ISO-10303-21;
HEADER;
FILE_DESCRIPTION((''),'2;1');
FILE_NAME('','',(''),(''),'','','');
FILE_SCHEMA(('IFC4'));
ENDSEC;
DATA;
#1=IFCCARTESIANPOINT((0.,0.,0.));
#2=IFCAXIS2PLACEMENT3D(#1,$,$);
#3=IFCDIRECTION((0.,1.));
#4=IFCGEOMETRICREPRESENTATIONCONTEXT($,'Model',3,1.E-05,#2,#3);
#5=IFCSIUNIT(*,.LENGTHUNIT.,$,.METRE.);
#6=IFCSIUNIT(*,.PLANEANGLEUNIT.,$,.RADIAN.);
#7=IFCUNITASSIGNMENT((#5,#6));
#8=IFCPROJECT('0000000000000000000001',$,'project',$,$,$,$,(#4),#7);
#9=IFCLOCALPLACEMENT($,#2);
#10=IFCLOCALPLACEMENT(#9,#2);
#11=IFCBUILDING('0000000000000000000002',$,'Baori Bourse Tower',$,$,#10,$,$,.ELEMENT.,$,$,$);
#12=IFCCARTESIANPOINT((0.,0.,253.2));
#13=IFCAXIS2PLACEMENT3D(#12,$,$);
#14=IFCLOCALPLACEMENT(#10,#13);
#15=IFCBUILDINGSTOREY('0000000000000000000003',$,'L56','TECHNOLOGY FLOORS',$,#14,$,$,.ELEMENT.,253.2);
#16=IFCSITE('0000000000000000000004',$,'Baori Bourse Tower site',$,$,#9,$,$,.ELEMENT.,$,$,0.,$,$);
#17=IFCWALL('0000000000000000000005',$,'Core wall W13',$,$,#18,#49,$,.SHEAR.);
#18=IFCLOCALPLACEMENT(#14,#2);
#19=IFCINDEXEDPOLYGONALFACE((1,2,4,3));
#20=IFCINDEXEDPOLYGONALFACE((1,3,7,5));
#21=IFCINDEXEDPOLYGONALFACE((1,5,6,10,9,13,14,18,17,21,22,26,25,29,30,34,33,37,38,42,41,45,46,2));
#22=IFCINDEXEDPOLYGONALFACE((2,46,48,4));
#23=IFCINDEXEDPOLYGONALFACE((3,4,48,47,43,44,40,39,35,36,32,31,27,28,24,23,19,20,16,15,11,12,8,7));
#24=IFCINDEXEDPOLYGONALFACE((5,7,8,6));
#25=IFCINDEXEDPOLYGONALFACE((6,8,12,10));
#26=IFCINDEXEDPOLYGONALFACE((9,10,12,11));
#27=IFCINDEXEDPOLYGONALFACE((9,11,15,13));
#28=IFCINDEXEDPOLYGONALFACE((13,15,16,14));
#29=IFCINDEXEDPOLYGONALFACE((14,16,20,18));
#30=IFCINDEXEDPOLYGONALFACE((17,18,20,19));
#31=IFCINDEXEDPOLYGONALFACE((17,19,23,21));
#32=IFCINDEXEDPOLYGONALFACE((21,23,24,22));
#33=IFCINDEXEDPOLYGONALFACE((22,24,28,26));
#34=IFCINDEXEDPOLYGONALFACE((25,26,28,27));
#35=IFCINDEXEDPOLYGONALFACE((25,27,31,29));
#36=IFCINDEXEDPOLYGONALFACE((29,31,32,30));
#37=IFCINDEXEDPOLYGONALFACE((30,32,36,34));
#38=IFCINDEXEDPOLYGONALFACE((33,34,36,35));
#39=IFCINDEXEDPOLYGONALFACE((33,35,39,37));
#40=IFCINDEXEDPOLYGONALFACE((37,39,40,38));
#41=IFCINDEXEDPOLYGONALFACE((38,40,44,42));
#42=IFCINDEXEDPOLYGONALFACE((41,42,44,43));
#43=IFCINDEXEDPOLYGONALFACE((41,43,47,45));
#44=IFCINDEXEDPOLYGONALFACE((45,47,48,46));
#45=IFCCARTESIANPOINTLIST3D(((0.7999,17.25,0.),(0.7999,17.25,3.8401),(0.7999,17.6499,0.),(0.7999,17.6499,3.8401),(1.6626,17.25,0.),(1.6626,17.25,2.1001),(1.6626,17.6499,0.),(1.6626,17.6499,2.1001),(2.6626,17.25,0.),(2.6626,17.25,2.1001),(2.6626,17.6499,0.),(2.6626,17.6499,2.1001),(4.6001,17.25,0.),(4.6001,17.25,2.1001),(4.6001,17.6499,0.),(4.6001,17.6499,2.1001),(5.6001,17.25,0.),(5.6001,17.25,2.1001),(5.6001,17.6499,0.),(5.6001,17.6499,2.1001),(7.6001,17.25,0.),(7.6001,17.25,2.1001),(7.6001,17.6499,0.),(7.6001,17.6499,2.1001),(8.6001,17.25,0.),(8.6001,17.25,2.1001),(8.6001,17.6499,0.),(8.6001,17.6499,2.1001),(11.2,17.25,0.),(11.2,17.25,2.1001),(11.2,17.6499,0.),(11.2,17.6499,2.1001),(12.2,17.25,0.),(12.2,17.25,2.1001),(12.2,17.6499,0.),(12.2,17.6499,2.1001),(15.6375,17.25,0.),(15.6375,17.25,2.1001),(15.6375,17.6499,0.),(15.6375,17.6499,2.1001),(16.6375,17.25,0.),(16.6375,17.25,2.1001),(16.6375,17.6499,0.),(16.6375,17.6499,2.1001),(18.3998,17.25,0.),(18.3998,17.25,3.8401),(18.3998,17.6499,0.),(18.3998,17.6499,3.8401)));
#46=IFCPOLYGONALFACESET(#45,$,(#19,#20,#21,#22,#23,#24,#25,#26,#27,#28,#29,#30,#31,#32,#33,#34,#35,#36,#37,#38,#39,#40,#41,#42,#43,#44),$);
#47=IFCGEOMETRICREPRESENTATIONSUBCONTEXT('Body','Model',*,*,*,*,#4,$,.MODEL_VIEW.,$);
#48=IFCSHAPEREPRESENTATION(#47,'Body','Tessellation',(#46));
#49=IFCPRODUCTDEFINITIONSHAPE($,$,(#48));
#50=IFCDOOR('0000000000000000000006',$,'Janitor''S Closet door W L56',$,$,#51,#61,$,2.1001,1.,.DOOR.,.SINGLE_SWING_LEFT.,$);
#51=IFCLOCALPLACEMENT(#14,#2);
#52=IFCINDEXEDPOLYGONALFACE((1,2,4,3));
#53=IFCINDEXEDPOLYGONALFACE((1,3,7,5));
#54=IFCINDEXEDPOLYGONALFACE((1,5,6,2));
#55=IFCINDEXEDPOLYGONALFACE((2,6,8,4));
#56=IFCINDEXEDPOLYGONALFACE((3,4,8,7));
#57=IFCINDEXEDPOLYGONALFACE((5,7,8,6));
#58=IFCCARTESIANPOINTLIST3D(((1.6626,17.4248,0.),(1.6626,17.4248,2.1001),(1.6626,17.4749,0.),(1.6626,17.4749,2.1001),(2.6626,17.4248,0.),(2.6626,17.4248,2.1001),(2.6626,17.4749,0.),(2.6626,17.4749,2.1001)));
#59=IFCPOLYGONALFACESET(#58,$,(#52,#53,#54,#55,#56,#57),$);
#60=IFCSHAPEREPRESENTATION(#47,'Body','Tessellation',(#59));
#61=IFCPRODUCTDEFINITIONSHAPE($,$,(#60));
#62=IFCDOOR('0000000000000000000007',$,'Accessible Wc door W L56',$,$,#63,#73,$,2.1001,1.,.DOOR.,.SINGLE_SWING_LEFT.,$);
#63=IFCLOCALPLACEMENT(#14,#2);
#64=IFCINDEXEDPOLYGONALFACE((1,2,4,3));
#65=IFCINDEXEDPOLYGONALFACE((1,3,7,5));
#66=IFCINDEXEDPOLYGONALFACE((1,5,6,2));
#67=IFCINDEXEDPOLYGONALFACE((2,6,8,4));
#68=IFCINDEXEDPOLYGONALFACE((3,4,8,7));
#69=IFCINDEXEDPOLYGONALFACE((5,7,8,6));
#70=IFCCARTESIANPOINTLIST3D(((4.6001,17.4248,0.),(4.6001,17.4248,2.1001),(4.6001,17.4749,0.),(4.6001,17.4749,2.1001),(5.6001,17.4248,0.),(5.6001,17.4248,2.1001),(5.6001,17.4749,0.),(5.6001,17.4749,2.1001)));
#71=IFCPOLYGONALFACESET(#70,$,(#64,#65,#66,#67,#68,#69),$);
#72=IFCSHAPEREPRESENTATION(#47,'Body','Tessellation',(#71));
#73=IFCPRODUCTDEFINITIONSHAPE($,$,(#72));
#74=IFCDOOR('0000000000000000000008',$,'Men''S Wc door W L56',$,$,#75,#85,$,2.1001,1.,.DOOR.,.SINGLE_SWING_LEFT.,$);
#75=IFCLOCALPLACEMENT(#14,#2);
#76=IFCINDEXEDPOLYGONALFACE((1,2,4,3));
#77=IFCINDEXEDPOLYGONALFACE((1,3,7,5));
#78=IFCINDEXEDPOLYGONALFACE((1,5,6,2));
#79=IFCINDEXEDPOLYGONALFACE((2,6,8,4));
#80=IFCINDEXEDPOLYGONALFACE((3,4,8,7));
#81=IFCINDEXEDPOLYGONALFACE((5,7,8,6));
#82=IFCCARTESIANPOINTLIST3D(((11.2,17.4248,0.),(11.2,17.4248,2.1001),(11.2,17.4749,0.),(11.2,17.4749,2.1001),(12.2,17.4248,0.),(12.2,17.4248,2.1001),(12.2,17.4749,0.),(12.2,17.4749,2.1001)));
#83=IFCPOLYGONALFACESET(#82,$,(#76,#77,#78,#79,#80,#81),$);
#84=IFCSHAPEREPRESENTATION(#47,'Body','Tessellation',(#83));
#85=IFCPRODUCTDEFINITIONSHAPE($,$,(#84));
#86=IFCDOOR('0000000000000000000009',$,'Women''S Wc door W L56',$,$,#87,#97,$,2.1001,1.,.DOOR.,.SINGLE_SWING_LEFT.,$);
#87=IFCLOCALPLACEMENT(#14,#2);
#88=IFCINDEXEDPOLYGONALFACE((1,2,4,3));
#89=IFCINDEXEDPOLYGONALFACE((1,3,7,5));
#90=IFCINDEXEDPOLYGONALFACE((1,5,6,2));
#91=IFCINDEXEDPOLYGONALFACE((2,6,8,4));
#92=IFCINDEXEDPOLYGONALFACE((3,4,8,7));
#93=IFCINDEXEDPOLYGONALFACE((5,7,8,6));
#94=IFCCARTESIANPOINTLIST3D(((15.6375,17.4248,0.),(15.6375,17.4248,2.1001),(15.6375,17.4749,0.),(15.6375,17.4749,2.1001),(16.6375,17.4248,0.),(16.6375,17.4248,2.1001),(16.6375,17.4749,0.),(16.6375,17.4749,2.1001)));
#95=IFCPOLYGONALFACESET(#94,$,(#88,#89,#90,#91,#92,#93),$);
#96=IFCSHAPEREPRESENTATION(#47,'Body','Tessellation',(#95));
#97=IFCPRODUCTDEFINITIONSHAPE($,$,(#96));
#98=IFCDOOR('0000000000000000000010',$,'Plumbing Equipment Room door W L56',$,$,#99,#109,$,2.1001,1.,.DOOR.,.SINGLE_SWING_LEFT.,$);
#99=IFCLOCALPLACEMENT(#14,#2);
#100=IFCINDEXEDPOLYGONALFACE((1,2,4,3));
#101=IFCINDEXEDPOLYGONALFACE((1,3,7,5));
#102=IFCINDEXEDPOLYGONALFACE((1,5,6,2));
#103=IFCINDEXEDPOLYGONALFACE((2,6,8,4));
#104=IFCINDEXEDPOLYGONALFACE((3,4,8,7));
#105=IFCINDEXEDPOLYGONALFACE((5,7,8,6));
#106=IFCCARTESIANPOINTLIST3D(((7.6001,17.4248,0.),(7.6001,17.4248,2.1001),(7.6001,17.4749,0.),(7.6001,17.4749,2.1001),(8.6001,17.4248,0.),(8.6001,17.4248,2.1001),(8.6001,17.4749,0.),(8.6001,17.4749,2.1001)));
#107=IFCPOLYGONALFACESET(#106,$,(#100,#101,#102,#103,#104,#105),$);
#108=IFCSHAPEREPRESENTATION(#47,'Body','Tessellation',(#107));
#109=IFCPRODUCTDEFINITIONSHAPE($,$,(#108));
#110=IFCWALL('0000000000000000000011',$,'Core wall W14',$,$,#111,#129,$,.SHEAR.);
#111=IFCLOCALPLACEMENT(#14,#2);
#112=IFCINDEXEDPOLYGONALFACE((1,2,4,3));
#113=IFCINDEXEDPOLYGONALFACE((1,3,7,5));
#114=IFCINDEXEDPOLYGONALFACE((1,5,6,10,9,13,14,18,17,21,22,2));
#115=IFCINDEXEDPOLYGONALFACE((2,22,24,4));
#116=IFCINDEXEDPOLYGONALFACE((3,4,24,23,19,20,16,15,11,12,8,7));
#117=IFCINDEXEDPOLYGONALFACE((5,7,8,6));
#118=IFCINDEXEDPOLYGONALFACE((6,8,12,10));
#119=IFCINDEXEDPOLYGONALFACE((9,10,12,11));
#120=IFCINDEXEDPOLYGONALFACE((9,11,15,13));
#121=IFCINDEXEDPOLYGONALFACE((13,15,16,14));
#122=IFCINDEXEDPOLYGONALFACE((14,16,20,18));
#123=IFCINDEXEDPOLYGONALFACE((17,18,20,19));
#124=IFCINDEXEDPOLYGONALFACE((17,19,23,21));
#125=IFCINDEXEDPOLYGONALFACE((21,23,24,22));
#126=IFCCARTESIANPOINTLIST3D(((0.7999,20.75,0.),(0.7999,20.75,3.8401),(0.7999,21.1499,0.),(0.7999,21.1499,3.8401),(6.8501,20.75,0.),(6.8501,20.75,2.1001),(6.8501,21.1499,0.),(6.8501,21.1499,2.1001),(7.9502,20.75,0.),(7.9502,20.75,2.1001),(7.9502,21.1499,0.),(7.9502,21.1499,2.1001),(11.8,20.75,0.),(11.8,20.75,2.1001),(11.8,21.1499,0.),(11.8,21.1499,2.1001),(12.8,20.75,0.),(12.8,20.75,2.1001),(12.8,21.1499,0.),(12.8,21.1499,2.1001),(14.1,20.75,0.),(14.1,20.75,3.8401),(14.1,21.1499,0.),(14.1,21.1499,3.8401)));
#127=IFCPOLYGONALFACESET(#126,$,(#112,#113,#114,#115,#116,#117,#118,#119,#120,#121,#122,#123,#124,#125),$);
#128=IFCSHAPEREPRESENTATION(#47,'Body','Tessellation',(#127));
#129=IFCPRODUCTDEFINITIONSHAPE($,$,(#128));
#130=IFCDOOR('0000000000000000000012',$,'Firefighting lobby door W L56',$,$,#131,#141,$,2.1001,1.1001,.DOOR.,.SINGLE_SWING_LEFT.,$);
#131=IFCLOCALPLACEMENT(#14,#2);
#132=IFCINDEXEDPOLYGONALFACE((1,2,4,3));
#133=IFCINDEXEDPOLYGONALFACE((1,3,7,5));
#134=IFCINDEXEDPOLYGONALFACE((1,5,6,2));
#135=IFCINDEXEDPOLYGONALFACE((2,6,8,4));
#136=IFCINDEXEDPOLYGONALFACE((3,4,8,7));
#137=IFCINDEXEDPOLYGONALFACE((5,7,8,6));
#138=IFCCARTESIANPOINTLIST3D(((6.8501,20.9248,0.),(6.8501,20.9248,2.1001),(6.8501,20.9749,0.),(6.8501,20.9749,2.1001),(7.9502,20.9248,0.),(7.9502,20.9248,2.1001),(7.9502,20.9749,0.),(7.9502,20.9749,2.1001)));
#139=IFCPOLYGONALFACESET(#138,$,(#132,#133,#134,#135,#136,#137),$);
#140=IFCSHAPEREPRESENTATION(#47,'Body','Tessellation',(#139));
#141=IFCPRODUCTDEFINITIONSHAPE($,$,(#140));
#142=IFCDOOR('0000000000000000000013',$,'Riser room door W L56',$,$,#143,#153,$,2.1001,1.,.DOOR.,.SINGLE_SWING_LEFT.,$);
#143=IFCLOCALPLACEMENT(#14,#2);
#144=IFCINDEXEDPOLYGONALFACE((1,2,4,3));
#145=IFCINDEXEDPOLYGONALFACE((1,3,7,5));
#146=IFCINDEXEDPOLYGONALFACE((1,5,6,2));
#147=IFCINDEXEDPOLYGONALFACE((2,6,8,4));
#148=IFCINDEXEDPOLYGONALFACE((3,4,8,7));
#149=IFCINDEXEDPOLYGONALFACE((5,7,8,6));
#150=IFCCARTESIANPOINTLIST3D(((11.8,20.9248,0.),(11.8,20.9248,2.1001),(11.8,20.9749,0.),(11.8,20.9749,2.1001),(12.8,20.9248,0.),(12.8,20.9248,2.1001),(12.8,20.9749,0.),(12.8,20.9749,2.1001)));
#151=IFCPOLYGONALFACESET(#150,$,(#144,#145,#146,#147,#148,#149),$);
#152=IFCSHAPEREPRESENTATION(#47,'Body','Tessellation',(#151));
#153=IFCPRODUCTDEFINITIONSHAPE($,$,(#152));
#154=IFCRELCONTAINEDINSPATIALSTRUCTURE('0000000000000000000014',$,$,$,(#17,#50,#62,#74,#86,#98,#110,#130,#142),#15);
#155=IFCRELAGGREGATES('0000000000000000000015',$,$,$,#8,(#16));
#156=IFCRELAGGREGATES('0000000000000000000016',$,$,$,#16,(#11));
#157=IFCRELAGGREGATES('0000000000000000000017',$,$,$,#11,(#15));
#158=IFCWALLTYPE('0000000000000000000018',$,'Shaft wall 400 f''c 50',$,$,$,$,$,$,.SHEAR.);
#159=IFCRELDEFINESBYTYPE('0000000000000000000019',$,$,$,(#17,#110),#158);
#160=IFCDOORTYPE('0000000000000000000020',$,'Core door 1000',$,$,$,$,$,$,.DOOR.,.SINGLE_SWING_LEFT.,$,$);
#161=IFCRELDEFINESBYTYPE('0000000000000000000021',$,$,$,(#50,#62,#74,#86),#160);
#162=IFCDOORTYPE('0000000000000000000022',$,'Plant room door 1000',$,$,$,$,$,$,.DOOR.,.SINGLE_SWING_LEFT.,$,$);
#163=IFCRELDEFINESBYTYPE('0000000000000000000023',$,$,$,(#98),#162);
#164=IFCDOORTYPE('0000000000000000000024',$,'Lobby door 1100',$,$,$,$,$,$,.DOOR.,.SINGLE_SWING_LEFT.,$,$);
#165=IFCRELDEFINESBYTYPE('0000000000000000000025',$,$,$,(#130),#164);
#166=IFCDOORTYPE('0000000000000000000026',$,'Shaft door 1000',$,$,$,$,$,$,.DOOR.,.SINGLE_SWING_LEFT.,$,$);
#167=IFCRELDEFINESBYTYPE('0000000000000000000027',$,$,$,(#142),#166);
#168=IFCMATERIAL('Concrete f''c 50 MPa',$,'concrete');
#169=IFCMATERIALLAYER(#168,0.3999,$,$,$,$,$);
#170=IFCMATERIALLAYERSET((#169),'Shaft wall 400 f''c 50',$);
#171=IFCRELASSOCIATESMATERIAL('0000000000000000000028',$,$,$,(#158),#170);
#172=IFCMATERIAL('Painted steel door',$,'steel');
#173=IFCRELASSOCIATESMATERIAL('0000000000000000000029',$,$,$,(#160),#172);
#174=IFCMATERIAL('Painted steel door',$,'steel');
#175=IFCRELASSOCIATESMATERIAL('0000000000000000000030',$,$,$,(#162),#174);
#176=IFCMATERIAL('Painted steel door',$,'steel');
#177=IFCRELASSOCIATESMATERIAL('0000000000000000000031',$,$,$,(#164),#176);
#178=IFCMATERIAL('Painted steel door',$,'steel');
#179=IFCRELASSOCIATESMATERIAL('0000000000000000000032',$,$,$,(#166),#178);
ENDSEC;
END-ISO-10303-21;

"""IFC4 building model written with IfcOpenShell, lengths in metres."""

from ifc_helpers import new_model, si_unit, direction, frame, frame_2d, origin, place, context, subcontext, project, spatial, rectangle, extrude, material, layer, layer_set, type_object, element, fill, save


model = new_model("IFC4")

# Units and contexts
model_context = context("Model", 3, precision=1e-05, world=origin(), true_north=direction((0.0, 1.0)))
body_context = subcontext(model_context, "Body", "Model", "MODEL_VIEW")
ifc_project = project(units=[si_unit("LENGTHUNIT", "METRE"), si_unit("PLANEANGLEUNIT", "RADIAN")], contexts=[model_context])

# Site, building, storey
site_placement = place(None, origin())
site = spatial("IfcSite", under=ifc_project, at=site_placement, Name="Baori Bourse Tower site", CompositionType="ELEMENT", RefElevation=0.0)
building_placement = place(site_placement, origin())
building = spatial("IfcBuilding", under=site, at=building_placement, Name="Baori Bourse Tower", CompositionType="ELEMENT")
storey_placement = place(building_placement, frame((0.0, 0.0, 253.2)))
storey = spatial("IfcBuildingStorey", under=building, at=storey_placement, Name="L56", Description="TECHNOLOGY FLOORS", CompositionType="ELEMENT", Elevation=253.2)

# Shared definitions
ifc_material_1 = material(Name="Concrete f'c 50 MPa", Category="concrete")
ifc_layer_1 = layer(ifc_material_1, 0.3999)
ifc_layer_set_1 = layer_set([ifc_layer_1], Name="Shaft wall 400 f'c 50")
wall_type_1 = type_object("IfcWallType", Name="Shaft wall 400 f'c 50", PredefinedType="SHEAR", material=ifc_layer_set_1)

# Walls, openings, doors
wall_1_placement = place(storey_placement, frame((0.8, 17.45, 0.0), z_axis=(0.0, 0.0, 1.0), x_axis=(1.0, 0.0, 0.0)))
wall_1 = element("IfcWall", 1, at=wall_1_placement, inside=storey, type_object=wall_type_1, Name="Core wall W13", PredefinedType="SHEAR", context=body_context, shape_type="SweptSolid", body=[
    extrude(rectangle(XDim=17.5999, YDim=0.3999, at=frame_2d((8.7998, 0.0))), origin(), (0.0, 0.0, 1.0), 3.8401),
])
opening_1_placement = place(wall_1_placement, frame((0.8625, 0.0, 0.0)))
opening_1 = element("IfcOpeningElement", 2, at=opening_1_placement, cuts=wall_1, PredefinedType="OPENING", context=body_context, shape_type="SweptSolid", body=[
    extrude(rectangle(XDim=1.0, YDim=2.1001, at=frame_2d((0.5, 1.05))), frame((0.0, 0.21, 0.0), z_axis=(0.0, -1.0, 0.0), x_axis=(1.0, 0.0, 0.0)), (0.0, 0.0, 1.0), 0.4199),
])
opening_2_placement = place(wall_1_placement, frame((3.8, 0.0, 0.0)))
opening_2 = element("IfcOpeningElement", 3, at=opening_2_placement, cuts=wall_1, PredefinedType="OPENING", context=body_context, shape_type="SweptSolid", body=[
    extrude(rectangle(XDim=1.0, YDim=2.1001, at=frame_2d((0.5, 1.05))), frame((0.0, 0.21, 0.0), z_axis=(0.0, -1.0, 0.0), x_axis=(1.0, 0.0, 0.0)), (0.0, 0.0, 1.0), 0.4199),
])
opening_3_placement = place(wall_1_placement, frame((6.8, 0.0, 0.0)))
opening_3 = element("IfcOpeningElement", 4, at=opening_3_placement, cuts=wall_1, PredefinedType="OPENING", context=body_context, shape_type="SweptSolid", body=[
    extrude(rectangle(XDim=1.0, YDim=2.1001, at=frame_2d((0.5, 1.05))), frame((0.0, 0.21, 0.0), z_axis=(0.0, -1.0, 0.0), x_axis=(1.0, 0.0, 0.0)), (0.0, 0.0, 1.0), 0.4199),
])
opening_4_placement = place(wall_1_placement, frame((10.3999, 0.0, 0.0)))
opening_4 = element("IfcOpeningElement", 5, at=opening_4_placement, cuts=wall_1, PredefinedType="OPENING", context=body_context, shape_type="SweptSolid", body=[
    extrude(rectangle(XDim=1.0, YDim=2.1001, at=frame_2d((0.5, 1.05))), frame((0.0, 0.21, 0.0), z_axis=(0.0, -1.0, 0.0), x_axis=(1.0, 0.0, 0.0)), (0.0, 0.0, 1.0), 0.4199),
])
opening_5_placement = place(wall_1_placement, frame((14.8374, 0.0, 0.0)))
opening_5 = element("IfcOpeningElement", 6, at=opening_5_placement, cuts=wall_1, PredefinedType="OPENING", context=body_context, shape_type="SweptSolid", body=[
    extrude(rectangle(XDim=1.0, YDim=2.1001, at=frame_2d((0.5, 1.05))), frame((0.0, 0.21, 0.0), z_axis=(0.0, -1.0, 0.0), x_axis=(1.0, 0.0, 0.0)), (0.0, 0.0, 1.0), 0.4199),
])
ifc_material_2 = material(Name="Painted steel door", Category="steel")
door_type_1 = type_object("IfcDoorType", Name="Core door 1000", OperationType="SINGLE_SWING_LEFT", PredefinedType="DOOR", material=ifc_material_2)
door_1_placement = place(opening_1_placement, origin())
door_1 = element("IfcDoor", 7, at=door_1_placement, inside=storey, type_object=door_type_1, Name="Janitor'S Closet door W L56", OperationType="SINGLE_SWING_LEFT", OverallHeight=2.1001, OverallWidth=1.0, PredefinedType="DOOR", context=body_context, shape_type="SweptSolid", body=[
    extrude(rectangle(XDim=1.0, YDim=2.1001, at=frame_2d((0.5, 1.05))), frame((0.0, 0.0249, 0.0), z_axis=(0.0, -1.0, 0.0), x_axis=(1.0, 0.0, 0.0)), (0.0, 0.0, 1.0), 0.05),
])
fill(opening_1, door_1)
door_2_placement = place(opening_2_placement, origin())
door_2 = element("IfcDoor", 8, at=door_2_placement, inside=storey, type_object=door_type_1, Name="Accessible Wc door W L56", OperationType="SINGLE_SWING_LEFT", OverallHeight=2.1001, OverallWidth=1.0, PredefinedType="DOOR", context=body_context, shape_type="SweptSolid", body=[
    extrude(rectangle(XDim=1.0, YDim=2.1001, at=frame_2d((0.5, 1.05))), frame((0.0, 0.0249, 0.0), z_axis=(0.0, -1.0, 0.0), x_axis=(1.0, 0.0, 0.0)), (0.0, 0.0, 1.0), 0.05),
])
fill(opening_2, door_2)
door_3_placement = place(opening_4_placement, origin())
door_3 = element("IfcDoor", 9, at=door_3_placement, inside=storey, type_object=door_type_1, Name="Men'S Wc door W L56", OperationType="SINGLE_SWING_LEFT", OverallHeight=2.1001, OverallWidth=1.0, PredefinedType="DOOR", context=body_context, shape_type="SweptSolid", body=[
    extrude(rectangle(XDim=1.0, YDim=2.1001, at=frame_2d((0.5, 1.05))), frame((0.0, 0.0249, 0.0), z_axis=(0.0, -1.0, 0.0), x_axis=(1.0, 0.0, 0.0)), (0.0, 0.0, 1.0), 0.05),
])
fill(opening_4, door_3)
door_4_placement = place(opening_5_placement, origin())
door_4 = element("IfcDoor", 10, at=door_4_placement, inside=storey, type_object=door_type_1, Name="Women'S Wc door W L56", OperationType="SINGLE_SWING_LEFT", OverallHeight=2.1001, OverallWidth=1.0, PredefinedType="DOOR", context=body_context, shape_type="SweptSolid", body=[
    extrude(rectangle(XDim=1.0, YDim=2.1001, at=frame_2d((0.5, 1.05))), frame((0.0, 0.0249, 0.0), z_axis=(0.0, -1.0, 0.0), x_axis=(1.0, 0.0, 0.0)), (0.0, 0.0, 1.0), 0.05),
])
fill(opening_5, door_4)
ifc_material_3 = material(Name="Painted steel door", Category="steel")
door_type_2 = type_object("IfcDoorType", Name="Plant room door 1000", OperationType="SINGLE_SWING_LEFT", PredefinedType="DOOR", material=ifc_material_3)
door_5_placement = place(opening_3_placement, origin())
door_5 = element("IfcDoor", 11, at=door_5_placement, inside=storey, type_object=door_type_2, Name="Plumbing Equipment Room door W L56", OperationType="SINGLE_SWING_LEFT", OverallHeight=2.1001, OverallWidth=1.0, PredefinedType="DOOR", context=body_context, shape_type="SweptSolid", body=[
    extrude(rectangle(XDim=1.0, YDim=2.1001, at=frame_2d((0.5, 1.05))), frame((0.0, 0.0249, 0.0), z_axis=(0.0, -1.0, 0.0), x_axis=(1.0, 0.0, 0.0)), (0.0, 0.0, 1.0), 0.05),
])
fill(opening_3, door_5)
wall_2_placement = place(storey_placement, frame((0.8, 20.95, 0.0), z_axis=(0.0, 0.0, 1.0), x_axis=(1.0, 0.0, 0.0)))
wall_2 = element("IfcWall", 12, at=wall_2_placement, inside=storey, type_object=wall_type_1, Name="Core wall W14", PredefinedType="SHEAR", context=body_context, shape_type="SweptSolid", body=[
    extrude(rectangle(XDim=13.3, YDim=0.3999, at=frame_2d((6.6499, 0.0))), origin(), (0.0, 0.0, 1.0), 3.8401),
])
opening_6_placement = place(wall_2_placement, frame((6.05, 0.0, 0.0)))
opening_6 = element("IfcOpeningElement", 13, at=opening_6_placement, cuts=wall_2, PredefinedType="OPENING", context=body_context, shape_type="SweptSolid", body=[
    extrude(rectangle(XDim=1.1001, YDim=2.1001, at=frame_2d((0.55, 1.05))), frame((0.0, 0.21, 0.0), z_axis=(0.0, -1.0, 0.0), x_axis=(1.0, 0.0, 0.0)), (0.0, 0.0, 1.0), 0.4199),
])
opening_7_placement = place(wall_2_placement, frame((11.0, 0.0, 0.0)))
opening_7 = element("IfcOpeningElement", 14, at=opening_7_placement, cuts=wall_2, PredefinedType="OPENING", context=body_context, shape_type="SweptSolid", body=[
    extrude(rectangle(XDim=1.0, YDim=2.1001, at=frame_2d((0.5, 1.05))), frame((0.0, 0.21, 0.0), z_axis=(0.0, -1.0, 0.0), x_axis=(1.0, 0.0, 0.0)), (0.0, 0.0, 1.0), 0.4199),
])
ifc_material_4 = material(Name="Painted steel door", Category="steel")
door_type_3 = type_object("IfcDoorType", Name="Lobby door 1100", OperationType="SINGLE_SWING_LEFT", PredefinedType="DOOR", material=ifc_material_4)
door_6_placement = place(opening_6_placement, origin())
door_6 = element("IfcDoor", 15, at=door_6_placement, inside=storey, type_object=door_type_3, Name="Firefighting lobby door W L56", OperationType="SINGLE_SWING_LEFT", OverallHeight=2.1001, OverallWidth=1.1001, PredefinedType="DOOR", context=body_context, shape_type="SweptSolid", body=[
    extrude(rectangle(XDim=1.1001, YDim=2.1001, at=frame_2d((0.55, 1.05))), frame((0.0, 0.0249, 0.0), z_axis=(0.0, -1.0, 0.0), x_axis=(1.0, 0.0, 0.0)), (0.0, 0.0, 1.0), 0.05),
])
fill(opening_6, door_6)
ifc_material_5 = material(Name="Painted steel door", Category="steel")
door_type_4 = type_object("IfcDoorType", Name="Shaft door 1000", OperationType="SINGLE_SWING_LEFT", PredefinedType="DOOR", material=ifc_material_5)
door_7_placement = place(opening_7_placement, origin())
door_7 = element("IfcDoor", 16, at=door_7_placement, inside=storey, type_object=door_type_4, Name="Riser room door W L56", OperationType="SINGLE_SWING_LEFT", OverallHeight=2.1001, OverallWidth=1.0, PredefinedType="DOOR", context=body_context, shape_type="SweptSolid", body=[
    extrude(rectangle(XDim=1.0, YDim=2.1001, at=frame_2d((0.5, 1.05))), frame((0.0, 0.0249, 0.0), z_axis=(0.0, -1.0, 0.0), x_axis=(1.0, 0.0, 0.0)), (0.0, 0.0, 1.0), 0.05),
])
fill(opening_7, door_7)

save(model, "model.ifc")
